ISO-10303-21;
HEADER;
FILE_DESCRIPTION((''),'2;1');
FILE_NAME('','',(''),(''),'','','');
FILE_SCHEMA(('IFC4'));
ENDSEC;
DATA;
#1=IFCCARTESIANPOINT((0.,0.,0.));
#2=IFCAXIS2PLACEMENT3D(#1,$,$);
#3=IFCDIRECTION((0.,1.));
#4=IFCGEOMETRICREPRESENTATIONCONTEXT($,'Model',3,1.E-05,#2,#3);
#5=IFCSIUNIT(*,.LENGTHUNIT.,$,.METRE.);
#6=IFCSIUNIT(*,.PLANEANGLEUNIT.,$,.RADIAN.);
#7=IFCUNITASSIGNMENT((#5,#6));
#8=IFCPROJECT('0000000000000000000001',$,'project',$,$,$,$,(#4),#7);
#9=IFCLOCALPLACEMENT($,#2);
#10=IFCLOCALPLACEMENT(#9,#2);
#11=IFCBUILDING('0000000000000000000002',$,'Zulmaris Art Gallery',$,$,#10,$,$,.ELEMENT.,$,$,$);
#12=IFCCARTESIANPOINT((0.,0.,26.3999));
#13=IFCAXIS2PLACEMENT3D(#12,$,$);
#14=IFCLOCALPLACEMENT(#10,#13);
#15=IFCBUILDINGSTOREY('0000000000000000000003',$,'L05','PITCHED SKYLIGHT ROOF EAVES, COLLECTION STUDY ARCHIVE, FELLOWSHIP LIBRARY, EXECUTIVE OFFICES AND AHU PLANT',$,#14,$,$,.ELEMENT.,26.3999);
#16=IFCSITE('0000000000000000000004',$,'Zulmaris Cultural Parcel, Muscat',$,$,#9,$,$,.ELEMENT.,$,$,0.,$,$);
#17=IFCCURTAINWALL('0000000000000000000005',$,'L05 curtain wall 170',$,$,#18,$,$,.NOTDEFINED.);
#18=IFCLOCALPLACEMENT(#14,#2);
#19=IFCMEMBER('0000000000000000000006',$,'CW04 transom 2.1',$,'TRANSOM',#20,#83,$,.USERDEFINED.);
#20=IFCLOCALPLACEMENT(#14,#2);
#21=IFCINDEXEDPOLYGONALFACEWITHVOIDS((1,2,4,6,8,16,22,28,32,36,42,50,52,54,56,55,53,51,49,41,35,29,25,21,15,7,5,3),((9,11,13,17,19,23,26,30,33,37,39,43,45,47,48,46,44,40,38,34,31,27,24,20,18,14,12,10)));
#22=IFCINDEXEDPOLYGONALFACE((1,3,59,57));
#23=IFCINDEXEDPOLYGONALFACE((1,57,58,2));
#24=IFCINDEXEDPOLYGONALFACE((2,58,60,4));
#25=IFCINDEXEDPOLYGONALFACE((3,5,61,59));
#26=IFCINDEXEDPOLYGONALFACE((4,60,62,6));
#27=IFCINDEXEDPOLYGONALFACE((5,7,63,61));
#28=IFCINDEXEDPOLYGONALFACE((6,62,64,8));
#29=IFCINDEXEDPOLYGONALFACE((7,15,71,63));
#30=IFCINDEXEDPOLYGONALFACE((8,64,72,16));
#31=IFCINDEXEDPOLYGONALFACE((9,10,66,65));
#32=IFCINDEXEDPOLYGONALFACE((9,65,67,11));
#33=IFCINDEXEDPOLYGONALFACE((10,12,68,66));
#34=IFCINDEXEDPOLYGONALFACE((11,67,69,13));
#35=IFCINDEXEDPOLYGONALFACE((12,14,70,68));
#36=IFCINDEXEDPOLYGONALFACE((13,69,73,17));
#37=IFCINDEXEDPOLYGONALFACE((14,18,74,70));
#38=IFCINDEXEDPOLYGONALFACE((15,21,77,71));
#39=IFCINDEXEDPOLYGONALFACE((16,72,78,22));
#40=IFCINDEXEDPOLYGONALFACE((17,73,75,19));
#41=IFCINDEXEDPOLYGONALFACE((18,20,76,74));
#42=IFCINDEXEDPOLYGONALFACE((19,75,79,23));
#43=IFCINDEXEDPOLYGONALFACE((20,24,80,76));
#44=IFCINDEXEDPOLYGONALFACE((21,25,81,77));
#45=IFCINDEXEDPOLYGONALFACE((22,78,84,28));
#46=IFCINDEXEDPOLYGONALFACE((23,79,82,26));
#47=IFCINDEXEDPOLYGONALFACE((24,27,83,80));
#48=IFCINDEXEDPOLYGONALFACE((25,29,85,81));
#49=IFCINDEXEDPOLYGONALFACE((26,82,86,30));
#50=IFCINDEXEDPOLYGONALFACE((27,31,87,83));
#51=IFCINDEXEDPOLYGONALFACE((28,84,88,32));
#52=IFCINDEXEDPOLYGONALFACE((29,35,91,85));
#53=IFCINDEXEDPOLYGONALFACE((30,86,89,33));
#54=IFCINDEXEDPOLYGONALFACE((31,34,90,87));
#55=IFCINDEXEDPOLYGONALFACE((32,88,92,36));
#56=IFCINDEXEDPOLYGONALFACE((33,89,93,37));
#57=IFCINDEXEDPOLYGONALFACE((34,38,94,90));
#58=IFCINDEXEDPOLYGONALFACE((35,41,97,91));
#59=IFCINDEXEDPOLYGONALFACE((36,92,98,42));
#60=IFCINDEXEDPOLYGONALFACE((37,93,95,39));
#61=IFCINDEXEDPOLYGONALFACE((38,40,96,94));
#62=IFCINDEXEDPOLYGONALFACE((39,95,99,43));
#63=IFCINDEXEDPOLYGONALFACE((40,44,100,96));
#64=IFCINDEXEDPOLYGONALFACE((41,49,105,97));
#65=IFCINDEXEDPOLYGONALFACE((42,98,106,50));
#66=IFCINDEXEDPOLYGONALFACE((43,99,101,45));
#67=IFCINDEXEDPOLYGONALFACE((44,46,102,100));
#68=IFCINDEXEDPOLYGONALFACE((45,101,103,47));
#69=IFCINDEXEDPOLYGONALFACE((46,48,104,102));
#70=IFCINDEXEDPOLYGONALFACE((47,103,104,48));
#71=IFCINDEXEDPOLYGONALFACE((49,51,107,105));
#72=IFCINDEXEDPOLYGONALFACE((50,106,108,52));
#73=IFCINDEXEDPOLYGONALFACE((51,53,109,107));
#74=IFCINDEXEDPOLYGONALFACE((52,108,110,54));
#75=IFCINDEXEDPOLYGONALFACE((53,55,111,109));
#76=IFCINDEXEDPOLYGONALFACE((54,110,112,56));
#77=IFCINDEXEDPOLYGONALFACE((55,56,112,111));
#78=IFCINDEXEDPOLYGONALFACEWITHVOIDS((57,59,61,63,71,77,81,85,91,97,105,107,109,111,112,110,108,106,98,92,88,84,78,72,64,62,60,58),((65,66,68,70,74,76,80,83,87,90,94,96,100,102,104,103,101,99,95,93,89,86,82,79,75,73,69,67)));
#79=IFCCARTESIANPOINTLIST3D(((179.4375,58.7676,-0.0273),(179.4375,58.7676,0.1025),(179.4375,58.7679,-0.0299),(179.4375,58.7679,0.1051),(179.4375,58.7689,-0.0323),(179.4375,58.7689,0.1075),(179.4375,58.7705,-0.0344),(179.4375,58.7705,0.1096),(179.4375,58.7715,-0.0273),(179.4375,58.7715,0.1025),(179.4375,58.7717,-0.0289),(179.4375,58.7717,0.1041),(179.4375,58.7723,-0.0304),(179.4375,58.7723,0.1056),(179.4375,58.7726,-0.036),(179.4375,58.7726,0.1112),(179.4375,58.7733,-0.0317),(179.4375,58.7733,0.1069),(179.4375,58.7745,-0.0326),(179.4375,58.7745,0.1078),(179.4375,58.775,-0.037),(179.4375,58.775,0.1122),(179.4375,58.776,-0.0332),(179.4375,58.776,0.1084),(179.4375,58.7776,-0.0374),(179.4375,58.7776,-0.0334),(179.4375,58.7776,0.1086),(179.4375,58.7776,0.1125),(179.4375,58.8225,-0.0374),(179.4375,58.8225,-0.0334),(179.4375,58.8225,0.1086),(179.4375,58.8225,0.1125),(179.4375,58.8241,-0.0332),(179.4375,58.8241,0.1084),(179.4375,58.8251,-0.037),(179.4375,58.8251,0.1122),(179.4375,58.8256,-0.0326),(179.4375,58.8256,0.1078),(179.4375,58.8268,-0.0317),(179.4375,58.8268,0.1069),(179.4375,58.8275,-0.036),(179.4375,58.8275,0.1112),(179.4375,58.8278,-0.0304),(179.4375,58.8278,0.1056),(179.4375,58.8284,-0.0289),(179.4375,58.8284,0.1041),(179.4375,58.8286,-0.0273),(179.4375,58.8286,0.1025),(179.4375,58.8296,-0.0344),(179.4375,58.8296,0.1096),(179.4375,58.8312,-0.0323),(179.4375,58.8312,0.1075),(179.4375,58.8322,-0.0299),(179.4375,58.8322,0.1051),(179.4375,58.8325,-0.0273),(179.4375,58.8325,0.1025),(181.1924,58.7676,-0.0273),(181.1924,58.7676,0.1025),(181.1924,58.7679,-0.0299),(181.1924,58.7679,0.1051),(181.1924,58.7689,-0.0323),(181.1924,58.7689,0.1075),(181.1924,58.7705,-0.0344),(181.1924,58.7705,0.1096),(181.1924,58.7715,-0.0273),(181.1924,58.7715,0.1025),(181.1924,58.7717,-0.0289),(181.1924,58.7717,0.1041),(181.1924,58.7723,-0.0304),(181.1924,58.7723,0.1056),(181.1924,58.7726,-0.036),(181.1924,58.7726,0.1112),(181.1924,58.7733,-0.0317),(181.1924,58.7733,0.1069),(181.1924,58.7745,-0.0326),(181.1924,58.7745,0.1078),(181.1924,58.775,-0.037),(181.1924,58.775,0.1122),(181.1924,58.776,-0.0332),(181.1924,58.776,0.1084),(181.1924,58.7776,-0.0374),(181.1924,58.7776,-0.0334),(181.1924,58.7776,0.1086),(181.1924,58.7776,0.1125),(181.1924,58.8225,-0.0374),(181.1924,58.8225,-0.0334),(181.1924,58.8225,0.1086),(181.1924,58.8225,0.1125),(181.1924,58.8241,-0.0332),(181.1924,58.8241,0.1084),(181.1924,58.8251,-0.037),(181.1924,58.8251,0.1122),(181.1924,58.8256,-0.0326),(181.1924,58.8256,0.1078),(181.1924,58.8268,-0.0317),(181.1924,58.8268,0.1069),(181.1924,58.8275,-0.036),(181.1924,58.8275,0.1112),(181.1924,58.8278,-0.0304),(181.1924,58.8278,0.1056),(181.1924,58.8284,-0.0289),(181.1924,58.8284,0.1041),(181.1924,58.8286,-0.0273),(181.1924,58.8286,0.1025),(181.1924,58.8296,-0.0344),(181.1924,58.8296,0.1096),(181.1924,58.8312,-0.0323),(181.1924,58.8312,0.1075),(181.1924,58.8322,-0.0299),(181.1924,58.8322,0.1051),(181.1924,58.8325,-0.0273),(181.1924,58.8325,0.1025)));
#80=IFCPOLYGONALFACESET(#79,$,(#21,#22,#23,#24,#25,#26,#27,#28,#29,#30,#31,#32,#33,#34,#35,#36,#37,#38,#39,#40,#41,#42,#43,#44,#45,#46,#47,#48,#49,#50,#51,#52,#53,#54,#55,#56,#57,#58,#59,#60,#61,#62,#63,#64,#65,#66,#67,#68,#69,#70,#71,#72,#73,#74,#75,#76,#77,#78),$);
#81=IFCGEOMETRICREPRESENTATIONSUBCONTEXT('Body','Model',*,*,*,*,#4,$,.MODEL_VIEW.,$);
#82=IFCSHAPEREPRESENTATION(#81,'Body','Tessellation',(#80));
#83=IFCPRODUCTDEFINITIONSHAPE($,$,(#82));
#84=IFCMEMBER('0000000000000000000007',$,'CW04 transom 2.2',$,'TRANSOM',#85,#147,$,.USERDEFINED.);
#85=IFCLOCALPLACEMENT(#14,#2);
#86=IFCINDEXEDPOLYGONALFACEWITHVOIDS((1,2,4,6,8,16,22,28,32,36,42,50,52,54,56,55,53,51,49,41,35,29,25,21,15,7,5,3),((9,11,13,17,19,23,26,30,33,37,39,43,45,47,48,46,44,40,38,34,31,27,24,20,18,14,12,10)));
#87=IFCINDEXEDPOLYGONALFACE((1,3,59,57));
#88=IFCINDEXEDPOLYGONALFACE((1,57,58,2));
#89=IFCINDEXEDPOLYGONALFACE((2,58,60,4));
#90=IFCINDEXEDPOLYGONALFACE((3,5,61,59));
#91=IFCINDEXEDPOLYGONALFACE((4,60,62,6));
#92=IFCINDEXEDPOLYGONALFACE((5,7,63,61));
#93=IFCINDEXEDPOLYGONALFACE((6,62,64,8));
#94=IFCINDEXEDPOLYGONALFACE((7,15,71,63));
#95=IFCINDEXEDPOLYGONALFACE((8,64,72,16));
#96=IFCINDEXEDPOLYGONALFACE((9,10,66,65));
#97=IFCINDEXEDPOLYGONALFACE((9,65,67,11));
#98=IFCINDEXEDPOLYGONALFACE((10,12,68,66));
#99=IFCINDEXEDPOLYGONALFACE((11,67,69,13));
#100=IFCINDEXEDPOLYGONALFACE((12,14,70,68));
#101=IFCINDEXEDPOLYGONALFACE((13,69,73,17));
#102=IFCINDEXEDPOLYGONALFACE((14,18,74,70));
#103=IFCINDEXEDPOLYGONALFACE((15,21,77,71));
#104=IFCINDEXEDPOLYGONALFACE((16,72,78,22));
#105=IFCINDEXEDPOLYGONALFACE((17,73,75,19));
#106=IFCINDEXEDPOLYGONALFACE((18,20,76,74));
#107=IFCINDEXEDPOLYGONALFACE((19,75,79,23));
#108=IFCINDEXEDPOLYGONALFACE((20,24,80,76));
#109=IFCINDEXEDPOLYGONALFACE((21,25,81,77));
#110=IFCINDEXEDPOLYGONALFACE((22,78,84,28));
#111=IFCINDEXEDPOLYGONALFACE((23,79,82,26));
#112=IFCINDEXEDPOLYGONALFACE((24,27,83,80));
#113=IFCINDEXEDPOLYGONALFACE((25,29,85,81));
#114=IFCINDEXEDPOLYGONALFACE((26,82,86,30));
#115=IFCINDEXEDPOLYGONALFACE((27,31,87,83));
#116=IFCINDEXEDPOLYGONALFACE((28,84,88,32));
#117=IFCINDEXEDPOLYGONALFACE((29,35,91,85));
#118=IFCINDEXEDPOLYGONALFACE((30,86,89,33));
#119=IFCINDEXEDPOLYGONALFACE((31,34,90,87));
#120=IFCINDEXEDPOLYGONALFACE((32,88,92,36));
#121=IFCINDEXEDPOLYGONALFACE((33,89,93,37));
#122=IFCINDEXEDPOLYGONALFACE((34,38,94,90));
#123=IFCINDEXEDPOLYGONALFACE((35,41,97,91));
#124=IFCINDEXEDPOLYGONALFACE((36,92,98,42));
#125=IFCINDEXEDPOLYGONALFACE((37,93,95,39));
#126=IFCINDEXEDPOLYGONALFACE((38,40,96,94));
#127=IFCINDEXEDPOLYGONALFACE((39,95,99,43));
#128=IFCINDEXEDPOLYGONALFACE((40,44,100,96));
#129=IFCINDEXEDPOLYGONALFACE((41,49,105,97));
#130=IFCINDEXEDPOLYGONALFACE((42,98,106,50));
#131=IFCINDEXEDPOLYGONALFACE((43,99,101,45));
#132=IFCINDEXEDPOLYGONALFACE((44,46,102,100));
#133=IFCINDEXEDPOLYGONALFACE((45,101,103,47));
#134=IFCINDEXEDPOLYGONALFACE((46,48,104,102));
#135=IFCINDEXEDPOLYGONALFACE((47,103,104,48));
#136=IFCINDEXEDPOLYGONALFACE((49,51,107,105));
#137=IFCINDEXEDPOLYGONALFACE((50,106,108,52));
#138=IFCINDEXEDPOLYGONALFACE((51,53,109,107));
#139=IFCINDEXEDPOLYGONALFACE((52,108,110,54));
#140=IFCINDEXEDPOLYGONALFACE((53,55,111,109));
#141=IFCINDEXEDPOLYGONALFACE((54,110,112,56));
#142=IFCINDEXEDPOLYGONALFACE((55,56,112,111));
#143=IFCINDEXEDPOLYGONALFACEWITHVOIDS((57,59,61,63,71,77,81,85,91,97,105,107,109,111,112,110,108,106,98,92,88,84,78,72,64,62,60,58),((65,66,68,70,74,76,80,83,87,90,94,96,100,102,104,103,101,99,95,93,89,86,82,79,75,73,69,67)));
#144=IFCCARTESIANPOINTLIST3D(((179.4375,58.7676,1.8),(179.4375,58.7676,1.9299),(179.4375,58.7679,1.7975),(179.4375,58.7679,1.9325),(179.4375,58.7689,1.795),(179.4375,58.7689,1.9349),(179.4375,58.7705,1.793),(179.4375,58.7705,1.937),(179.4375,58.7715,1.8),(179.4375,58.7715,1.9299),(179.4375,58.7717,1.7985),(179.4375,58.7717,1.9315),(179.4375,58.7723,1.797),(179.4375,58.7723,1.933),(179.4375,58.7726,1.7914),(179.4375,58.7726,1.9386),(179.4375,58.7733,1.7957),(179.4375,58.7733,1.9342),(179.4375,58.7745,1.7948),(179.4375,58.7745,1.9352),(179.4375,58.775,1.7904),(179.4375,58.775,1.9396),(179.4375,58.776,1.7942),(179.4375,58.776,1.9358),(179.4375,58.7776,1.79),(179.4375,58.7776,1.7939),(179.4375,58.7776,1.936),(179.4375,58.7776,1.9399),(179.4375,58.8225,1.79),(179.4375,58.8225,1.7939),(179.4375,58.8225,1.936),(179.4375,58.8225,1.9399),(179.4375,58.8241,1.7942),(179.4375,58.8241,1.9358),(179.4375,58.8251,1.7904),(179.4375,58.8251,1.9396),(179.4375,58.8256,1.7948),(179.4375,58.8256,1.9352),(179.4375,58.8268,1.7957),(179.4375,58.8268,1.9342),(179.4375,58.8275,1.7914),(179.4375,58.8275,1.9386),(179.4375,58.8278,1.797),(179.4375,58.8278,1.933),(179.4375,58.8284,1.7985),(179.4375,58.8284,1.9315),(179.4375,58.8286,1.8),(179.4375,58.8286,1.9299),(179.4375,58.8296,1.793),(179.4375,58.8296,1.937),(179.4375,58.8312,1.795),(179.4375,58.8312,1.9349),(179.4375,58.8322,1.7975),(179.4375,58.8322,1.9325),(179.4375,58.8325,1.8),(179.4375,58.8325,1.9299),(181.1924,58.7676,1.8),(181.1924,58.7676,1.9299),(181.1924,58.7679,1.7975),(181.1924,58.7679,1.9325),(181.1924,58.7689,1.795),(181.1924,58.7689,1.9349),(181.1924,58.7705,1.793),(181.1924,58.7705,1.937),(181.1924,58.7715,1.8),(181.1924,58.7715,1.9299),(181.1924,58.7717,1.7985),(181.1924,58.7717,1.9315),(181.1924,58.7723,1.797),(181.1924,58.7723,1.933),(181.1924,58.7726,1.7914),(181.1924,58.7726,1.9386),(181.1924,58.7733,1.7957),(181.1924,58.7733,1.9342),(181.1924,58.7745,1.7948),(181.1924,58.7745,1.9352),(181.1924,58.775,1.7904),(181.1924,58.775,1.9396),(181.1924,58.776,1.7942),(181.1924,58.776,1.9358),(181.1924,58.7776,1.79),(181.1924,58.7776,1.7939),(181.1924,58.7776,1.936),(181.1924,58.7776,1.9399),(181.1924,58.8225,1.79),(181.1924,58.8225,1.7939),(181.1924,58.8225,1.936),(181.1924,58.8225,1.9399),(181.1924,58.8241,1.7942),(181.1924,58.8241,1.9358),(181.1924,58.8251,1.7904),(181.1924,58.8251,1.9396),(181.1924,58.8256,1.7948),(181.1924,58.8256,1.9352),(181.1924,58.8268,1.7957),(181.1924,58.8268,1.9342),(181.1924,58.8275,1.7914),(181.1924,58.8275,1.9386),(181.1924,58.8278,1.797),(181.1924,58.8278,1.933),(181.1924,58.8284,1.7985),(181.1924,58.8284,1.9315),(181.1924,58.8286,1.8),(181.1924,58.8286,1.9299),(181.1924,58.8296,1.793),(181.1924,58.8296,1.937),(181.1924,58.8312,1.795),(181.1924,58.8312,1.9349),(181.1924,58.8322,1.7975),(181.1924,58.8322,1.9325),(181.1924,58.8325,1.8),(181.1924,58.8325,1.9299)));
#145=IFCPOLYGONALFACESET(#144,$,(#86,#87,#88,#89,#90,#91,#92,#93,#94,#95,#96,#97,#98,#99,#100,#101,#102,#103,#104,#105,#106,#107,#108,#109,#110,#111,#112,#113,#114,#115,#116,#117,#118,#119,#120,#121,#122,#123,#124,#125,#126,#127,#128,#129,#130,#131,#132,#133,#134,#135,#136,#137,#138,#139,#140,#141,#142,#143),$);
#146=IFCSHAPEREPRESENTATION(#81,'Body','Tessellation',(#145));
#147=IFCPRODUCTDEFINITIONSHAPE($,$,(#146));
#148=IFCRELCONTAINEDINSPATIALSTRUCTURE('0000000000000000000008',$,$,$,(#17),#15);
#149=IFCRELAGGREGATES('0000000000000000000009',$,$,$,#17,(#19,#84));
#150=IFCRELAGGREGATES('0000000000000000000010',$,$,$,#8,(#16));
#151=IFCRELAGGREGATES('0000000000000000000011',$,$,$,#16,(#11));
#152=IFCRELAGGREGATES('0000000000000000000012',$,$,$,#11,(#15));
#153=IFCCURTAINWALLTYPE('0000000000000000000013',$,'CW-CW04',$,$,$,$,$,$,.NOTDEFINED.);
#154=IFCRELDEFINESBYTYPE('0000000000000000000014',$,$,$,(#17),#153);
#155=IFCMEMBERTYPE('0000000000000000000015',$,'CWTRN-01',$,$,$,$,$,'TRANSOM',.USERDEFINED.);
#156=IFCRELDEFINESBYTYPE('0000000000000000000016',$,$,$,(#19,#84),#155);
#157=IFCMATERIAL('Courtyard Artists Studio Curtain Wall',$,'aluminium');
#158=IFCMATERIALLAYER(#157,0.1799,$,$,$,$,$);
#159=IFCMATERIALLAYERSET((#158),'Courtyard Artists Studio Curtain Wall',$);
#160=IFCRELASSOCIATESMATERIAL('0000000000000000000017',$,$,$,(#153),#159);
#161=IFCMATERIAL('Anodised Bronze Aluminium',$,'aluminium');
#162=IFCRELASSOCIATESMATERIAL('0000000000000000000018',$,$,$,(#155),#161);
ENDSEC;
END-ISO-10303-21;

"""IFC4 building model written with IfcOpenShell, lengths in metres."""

from ifc_helpers import new_model, si_unit, direction, frame, origin, origin_2d, place, context, subcontext, project, spatial, hollow_rectangle, extrude, material, layer, layer_set, material_profile, profile_set, type_object, element, aggregate, save


model = new_model("IFC4")

# Units and contexts
model_context = context("Model", 3, precision=1e-05, world=origin(), true_north=direction((0.0, 1.0)))
body_context = subcontext(model_context, "Body", "Model", "MODEL_VIEW")
ifc_project = project(units=[si_unit("LENGTHUNIT", "METRE"), si_unit("PLANEANGLEUNIT", "RADIAN")], contexts=[model_context])

# Site, building, storey
site_placement = place(None, origin())
site = spatial("IfcSite", under=ifc_project, at=site_placement, Name="Zulmaris Cultural Parcel, Muscat", CompositionType="ELEMENT", RefElevation=0.0)
building_placement = place(site_placement, origin())
building = spatial("IfcBuilding", under=site, at=building_placement, Name="Zulmaris Art Gallery", CompositionType="ELEMENT")
storey_placement = place(building_placement, frame((0.0, 0.0, 26.3999)))
storey = spatial("IfcBuildingStorey", under=building, at=storey_placement, Name="L05", Description="PITCHED SKYLIGHT ROOF EAVES, COLLECTION STUDY ARCHIVE, FELLOWSHIP LIBRARY, EXECUTIVE OFFICES AND AHU PLANT", CompositionType="ELEMENT", Elevation=26.3999)

# Curtain wall, members
ifc_material_1 = material(Name="Courtyard Artists Studio Curtain Wall", Category="aluminium")
ifc_layer_1 = layer(ifc_material_1, 0.1799)
ifc_layer_set_1 = layer_set([ifc_layer_1], Name="Courtyard Artists Studio Curtain Wall")
curtain_wall_type = type_object("IfcCurtainWallType", Name="CW-CW04", PredefinedType="NOTDEFINED", material=ifc_layer_set_1)
curtain_wall_placement = place(storey_placement, origin())
curtain_wall = element("IfcCurtainWall", 1, at=curtain_wall_placement, inside=storey, type_object=curtain_wall_type, Name="L05 curtain wall 170", PredefinedType="NOTDEFINED")
ifc_material_2 = material(Name="Anodised Bronze Aluminium", Category="aluminium")
ifc_material_profile_1 = material_profile(ifc_material_2, hollow_rectangle(XDim=0.0649, YDim=0.1499, WallThickness=0.0039, InnerFilletRadius=0.0061, OuterFilletRadius=0.01, at=origin_2d()), Name="ALU 65x150x4")
ifc_profile_set_1 = profile_set([ifc_material_profile_1], Name="Anodised Bronze Aluminium")
member_type_1 = type_object("IfcMemberType", Name="CWTRN-01", ElementType="TRANSOM", PredefinedType="USERDEFINED", material=ifc_profile_set_1)
member_1_placement = place(storey_placement, frame((181.1924, 58.8, 0.0376), z_axis=(-1.0, 0.0, 0.0), x_axis=(0.0, -1.0, 0.0)))
member_1 = element("IfcMember", 2, at=member_1_placement, type_object=member_type_1, Name="CW04 transom 2.1", ObjectType="TRANSOM", PredefinedType="USERDEFINED", context=body_context, shape_type="SweptSolid", body=[
    extrude(hollow_rectangle(XDim=0.0649, YDim=0.1499, WallThickness=0.0039, InnerFilletRadius=0.0061, OuterFilletRadius=0.01, at=origin_2d()), origin(), (0.0, 0.0, 1.0), 1.7549),
])
member_2_placement = place(storey_placement, frame((181.1924, 58.8, 1.865), z_axis=(-1.0, 0.0, 0.0), x_axis=(0.0, -1.0, 0.0)))
member_2 = element("IfcMember", 3, at=member_2_placement, type_object=member_type_1, Name="CW04 transom 2.2", ObjectType="TRANSOM", PredefinedType="USERDEFINED", context=body_context, shape_type="SweptSolid", body=[
    extrude(hollow_rectangle(XDim=0.0649, YDim=0.1499, WallThickness=0.0039, InnerFilletRadius=0.0061, OuterFilletRadius=0.01, at=origin_2d()), origin(), (0.0, 0.0, 1.0), 1.7549),
])
aggregate(curtain_wall, [member_1, member_2])

save(model, "model.ifc")
